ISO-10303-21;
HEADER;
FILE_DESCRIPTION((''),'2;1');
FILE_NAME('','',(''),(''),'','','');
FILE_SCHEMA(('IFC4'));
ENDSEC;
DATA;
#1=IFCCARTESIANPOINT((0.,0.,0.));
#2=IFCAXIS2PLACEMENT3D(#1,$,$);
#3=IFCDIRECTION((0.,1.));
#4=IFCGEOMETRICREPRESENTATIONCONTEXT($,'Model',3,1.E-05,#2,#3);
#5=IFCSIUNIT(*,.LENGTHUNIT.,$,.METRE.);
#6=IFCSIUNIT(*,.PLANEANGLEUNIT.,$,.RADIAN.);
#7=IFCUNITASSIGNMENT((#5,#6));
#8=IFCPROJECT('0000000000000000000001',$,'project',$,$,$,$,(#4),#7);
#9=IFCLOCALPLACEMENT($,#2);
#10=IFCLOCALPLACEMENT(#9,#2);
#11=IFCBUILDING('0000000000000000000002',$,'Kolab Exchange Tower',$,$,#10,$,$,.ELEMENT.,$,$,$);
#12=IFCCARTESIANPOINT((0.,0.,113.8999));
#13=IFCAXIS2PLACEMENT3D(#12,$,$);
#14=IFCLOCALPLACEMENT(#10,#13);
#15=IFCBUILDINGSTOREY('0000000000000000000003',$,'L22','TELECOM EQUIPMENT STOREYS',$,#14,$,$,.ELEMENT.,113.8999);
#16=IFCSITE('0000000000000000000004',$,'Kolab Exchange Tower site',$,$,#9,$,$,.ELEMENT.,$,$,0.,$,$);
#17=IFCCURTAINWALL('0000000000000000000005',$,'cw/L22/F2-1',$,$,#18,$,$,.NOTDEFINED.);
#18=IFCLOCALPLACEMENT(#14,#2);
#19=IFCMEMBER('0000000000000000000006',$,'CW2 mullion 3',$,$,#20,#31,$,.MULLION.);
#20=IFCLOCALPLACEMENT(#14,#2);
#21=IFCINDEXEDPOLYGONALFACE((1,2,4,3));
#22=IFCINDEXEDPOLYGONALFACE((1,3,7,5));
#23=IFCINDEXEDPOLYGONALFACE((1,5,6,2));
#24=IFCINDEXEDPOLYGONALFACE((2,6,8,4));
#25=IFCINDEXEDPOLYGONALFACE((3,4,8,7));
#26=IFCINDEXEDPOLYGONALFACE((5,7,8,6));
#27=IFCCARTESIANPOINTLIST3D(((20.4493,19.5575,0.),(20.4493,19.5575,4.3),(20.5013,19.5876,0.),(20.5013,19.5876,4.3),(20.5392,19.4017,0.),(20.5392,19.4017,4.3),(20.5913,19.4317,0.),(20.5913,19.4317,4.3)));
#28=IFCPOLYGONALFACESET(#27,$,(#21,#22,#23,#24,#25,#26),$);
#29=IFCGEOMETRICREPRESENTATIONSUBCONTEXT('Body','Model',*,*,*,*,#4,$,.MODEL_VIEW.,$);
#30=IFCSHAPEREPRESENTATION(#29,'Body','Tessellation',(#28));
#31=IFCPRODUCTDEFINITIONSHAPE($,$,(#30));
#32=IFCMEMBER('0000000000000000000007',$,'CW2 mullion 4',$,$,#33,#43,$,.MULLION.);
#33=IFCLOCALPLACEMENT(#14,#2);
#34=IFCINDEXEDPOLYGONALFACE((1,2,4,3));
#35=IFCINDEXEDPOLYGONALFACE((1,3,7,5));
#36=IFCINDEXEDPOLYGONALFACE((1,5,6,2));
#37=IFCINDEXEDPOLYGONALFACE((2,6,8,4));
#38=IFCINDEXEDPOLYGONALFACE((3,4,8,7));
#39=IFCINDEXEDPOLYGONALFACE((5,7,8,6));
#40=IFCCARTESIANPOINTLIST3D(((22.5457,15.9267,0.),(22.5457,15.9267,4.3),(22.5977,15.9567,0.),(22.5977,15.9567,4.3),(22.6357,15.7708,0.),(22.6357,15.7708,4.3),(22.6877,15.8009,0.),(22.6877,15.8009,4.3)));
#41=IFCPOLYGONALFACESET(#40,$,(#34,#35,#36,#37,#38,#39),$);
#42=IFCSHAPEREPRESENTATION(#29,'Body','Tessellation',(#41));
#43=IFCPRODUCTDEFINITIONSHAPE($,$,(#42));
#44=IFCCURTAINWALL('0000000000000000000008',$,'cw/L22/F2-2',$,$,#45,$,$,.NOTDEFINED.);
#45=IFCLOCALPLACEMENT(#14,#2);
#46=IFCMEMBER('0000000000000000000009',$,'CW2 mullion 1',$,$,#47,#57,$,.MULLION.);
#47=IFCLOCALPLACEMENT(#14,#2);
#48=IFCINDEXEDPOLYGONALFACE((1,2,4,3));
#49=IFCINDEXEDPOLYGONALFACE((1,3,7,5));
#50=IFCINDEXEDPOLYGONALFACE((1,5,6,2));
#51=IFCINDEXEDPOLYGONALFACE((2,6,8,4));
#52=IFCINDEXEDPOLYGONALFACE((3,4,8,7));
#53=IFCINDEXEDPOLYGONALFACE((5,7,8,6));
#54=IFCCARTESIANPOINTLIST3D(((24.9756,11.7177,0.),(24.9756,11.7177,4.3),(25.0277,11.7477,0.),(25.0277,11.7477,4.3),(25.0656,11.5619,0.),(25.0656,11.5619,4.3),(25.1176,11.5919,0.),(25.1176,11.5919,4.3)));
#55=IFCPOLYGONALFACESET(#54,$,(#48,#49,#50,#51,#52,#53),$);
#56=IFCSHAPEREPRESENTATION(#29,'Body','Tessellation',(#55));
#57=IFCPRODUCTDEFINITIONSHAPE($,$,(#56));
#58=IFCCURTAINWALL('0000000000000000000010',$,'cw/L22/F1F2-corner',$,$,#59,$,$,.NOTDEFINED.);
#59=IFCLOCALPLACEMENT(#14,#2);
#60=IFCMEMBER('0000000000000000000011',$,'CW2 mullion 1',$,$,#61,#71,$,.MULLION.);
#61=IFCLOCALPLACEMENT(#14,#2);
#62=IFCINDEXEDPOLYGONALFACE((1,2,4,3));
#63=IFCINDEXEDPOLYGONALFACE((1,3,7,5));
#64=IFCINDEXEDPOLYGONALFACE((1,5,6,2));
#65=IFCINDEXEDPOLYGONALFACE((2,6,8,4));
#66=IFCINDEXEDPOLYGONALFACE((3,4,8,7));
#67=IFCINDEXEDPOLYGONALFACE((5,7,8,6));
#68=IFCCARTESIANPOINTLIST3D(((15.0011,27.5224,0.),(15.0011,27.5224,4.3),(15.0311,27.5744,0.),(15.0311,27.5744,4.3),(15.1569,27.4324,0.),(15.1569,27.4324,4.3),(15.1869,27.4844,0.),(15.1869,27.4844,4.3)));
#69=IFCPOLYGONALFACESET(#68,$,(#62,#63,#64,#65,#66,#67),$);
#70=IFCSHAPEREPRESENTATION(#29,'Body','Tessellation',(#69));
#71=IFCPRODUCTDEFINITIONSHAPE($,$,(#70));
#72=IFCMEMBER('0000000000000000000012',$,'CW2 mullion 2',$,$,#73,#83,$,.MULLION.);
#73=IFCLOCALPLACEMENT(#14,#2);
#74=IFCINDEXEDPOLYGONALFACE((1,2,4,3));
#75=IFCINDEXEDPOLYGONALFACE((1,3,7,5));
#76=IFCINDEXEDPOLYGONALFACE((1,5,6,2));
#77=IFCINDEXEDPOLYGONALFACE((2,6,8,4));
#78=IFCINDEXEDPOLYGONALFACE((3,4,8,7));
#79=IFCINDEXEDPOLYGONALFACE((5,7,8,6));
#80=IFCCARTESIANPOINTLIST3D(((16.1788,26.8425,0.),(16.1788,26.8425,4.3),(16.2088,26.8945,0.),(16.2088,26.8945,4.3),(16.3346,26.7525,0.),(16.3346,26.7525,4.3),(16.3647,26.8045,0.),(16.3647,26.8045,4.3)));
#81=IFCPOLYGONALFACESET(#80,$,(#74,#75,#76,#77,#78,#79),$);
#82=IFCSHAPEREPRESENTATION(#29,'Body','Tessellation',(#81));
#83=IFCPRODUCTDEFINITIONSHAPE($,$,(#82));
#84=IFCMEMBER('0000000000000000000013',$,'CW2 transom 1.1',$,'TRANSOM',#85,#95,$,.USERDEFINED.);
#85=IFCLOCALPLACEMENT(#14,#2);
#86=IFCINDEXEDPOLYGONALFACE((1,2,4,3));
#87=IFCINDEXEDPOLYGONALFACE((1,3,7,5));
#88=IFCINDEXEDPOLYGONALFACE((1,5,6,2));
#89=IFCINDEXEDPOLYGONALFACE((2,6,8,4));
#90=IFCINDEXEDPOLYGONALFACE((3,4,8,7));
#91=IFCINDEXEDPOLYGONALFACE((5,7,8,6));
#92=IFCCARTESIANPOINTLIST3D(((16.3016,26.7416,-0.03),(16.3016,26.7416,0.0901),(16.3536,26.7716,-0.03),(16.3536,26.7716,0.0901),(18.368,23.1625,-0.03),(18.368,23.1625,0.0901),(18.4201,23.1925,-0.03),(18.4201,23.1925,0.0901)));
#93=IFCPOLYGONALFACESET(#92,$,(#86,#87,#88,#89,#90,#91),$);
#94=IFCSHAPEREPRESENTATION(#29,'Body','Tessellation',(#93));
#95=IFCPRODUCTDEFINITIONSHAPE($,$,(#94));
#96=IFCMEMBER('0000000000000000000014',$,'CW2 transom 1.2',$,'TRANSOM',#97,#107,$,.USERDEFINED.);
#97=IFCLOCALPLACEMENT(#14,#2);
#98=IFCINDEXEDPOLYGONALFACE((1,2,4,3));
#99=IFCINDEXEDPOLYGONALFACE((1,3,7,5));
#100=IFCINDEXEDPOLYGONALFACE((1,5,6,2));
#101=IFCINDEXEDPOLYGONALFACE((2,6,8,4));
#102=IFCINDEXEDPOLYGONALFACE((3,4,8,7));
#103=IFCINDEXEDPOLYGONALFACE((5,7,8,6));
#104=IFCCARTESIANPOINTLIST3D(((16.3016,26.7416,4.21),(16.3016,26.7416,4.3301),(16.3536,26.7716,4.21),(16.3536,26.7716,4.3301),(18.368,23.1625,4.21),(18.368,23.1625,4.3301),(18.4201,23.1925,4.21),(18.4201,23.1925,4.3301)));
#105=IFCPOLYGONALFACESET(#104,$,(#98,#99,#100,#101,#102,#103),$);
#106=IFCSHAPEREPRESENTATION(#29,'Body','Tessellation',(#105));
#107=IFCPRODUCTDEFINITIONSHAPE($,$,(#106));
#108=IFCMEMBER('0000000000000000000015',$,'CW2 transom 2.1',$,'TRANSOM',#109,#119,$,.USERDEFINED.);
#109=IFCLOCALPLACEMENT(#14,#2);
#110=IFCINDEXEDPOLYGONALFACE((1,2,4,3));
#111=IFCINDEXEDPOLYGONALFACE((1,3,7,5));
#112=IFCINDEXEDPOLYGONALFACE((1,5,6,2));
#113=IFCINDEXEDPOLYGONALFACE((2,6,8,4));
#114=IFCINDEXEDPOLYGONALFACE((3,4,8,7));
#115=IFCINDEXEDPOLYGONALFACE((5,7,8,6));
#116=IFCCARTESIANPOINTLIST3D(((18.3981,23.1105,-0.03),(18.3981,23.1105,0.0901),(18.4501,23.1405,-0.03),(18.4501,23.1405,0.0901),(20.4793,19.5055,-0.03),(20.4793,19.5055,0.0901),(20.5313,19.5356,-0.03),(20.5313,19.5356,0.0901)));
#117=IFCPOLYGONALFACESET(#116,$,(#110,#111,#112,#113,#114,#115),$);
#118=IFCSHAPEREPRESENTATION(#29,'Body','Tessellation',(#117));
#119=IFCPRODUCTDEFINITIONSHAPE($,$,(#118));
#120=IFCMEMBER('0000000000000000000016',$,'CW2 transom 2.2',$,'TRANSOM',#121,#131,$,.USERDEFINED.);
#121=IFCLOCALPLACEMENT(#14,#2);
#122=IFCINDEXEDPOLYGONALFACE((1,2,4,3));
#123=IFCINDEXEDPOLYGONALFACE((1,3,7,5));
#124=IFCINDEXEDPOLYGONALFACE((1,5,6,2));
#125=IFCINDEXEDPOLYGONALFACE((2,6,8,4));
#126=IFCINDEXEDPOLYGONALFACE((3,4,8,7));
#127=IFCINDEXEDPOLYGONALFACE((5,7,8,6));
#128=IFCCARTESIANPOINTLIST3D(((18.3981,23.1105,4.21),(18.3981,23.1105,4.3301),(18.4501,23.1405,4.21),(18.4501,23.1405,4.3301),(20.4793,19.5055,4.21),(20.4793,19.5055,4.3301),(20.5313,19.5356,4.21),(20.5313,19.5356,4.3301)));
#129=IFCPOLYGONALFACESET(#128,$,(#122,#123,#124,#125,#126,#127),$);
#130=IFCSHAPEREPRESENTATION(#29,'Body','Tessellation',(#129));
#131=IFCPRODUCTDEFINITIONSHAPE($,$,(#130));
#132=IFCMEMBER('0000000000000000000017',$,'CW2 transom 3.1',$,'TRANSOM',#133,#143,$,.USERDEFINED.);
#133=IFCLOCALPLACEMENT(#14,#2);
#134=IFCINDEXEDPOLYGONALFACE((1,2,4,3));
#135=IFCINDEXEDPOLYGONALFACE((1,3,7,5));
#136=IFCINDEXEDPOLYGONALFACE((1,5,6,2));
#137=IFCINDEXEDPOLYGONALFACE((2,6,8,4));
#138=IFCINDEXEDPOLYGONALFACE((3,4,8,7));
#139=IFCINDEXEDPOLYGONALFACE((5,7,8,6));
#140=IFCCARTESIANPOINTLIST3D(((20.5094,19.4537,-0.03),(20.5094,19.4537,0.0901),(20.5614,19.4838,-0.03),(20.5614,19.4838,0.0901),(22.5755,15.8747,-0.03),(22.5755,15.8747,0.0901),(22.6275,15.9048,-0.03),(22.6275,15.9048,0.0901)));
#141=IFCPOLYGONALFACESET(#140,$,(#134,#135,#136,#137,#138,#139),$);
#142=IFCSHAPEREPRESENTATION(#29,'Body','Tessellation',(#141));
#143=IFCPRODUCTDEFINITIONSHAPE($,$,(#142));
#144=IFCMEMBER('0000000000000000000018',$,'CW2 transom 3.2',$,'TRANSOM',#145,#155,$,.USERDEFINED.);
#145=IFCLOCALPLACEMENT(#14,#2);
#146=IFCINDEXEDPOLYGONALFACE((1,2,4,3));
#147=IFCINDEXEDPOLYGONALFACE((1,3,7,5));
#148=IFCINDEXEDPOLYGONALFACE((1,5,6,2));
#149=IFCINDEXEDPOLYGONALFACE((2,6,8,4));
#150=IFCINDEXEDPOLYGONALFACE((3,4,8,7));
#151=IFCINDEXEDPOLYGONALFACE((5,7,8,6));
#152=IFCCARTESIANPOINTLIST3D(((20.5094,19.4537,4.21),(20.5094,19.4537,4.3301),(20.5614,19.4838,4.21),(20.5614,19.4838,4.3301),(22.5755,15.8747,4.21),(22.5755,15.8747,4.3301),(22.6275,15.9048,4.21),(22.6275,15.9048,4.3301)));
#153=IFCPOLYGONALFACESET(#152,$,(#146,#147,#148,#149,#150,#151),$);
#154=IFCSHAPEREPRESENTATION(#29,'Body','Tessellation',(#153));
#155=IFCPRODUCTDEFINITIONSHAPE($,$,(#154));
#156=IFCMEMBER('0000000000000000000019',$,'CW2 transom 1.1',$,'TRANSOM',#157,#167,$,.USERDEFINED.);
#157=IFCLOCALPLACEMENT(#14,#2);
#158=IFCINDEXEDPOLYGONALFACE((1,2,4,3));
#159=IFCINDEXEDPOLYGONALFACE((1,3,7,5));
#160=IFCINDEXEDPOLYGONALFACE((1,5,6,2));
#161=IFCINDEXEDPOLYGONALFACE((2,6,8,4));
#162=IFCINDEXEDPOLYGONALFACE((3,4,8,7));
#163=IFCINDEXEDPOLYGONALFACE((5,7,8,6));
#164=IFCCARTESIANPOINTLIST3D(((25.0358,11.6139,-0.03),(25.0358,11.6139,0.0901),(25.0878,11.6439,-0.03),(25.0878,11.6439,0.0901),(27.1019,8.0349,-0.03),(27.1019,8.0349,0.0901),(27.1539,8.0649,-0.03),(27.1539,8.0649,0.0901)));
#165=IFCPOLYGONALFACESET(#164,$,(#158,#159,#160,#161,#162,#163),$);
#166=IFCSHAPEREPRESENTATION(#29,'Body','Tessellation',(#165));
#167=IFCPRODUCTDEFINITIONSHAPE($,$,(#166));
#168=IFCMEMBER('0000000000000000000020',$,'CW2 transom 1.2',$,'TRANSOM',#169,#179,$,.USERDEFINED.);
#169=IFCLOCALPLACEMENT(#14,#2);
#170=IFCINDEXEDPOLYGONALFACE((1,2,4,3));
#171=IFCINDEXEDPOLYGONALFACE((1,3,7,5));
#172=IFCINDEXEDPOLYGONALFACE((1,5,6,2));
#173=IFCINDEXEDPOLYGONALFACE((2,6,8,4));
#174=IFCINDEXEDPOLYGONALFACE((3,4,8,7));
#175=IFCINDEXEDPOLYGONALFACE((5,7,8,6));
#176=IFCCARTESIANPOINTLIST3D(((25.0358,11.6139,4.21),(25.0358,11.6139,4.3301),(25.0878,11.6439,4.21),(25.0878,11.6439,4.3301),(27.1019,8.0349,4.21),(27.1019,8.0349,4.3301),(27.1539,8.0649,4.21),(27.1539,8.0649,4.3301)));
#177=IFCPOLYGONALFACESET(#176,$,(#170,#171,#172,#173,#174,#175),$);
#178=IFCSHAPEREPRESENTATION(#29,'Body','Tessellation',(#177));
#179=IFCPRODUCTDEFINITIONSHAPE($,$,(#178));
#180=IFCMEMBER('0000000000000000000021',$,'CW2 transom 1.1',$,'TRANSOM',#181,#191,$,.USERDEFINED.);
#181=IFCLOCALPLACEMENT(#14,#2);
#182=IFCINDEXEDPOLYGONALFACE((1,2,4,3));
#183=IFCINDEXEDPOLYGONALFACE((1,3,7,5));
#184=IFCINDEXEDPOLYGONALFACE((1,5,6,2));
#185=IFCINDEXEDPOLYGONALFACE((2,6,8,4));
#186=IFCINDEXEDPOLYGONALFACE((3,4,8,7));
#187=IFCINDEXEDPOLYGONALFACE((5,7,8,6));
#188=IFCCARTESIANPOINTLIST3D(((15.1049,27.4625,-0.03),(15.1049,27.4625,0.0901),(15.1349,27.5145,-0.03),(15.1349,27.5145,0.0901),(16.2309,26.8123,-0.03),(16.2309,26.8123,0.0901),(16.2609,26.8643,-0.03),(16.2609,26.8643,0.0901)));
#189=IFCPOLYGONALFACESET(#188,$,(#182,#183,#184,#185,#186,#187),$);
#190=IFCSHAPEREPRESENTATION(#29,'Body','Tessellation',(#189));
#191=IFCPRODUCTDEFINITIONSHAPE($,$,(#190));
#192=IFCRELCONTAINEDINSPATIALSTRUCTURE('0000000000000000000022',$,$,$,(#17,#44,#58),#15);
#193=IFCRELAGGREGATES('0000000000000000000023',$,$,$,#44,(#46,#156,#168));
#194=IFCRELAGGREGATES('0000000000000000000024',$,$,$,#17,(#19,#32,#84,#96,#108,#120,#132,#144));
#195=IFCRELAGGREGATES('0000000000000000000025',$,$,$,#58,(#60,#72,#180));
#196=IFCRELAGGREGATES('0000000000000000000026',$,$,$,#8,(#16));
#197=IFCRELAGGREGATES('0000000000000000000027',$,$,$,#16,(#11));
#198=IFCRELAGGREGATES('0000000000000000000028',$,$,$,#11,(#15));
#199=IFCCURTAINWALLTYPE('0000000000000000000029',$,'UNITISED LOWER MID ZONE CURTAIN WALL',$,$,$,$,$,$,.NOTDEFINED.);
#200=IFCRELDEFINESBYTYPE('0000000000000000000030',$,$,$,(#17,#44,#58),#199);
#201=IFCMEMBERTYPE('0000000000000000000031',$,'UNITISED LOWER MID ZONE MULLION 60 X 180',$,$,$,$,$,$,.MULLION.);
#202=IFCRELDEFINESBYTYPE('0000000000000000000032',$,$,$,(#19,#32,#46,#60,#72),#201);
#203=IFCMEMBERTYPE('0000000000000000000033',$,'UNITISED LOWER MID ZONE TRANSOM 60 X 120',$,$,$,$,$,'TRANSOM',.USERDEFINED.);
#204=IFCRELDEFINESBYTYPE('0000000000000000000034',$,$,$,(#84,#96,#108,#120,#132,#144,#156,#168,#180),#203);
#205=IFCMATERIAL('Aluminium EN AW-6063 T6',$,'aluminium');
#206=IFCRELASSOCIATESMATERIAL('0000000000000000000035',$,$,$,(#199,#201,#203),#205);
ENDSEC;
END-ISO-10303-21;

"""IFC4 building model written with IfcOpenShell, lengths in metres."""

from ifc_helpers import new_model, si_unit, direction, frame, origin, origin_2d, place, context, subcontext, project, spatial, rectangle, extrude, material, material_profile, profile_set, type_object, element, aggregate, save


model = new_model("IFC4")

# Units and contexts
model_context = context("Model", 3, precision=1e-05, world=origin(), true_north=direction((0.0, 1.0)))
body_context = subcontext(model_context, "Body", "Model", "MODEL_VIEW")
ifc_project = project(units=[si_unit("LENGTHUNIT", "METRE"), si_unit("PLANEANGLEUNIT", "RADIAN")], contexts=[model_context])

# Site, building, storey
site_placement = place(None, origin())
site = spatial("IfcSite", under=ifc_project, at=site_placement, Name="Kolab Exchange Tower site", CompositionType="ELEMENT", RefElevation=0.0)
building_placement = place(site_placement, origin())
building = spatial("IfcBuilding", under=site, at=building_placement, Name="Kolab Exchange Tower", CompositionType="ELEMENT")
storey_placement = place(building_placement, frame((0.0, 0.0, 113.8999)))
storey = spatial("IfcBuildingStorey", under=building, at=storey_placement, Name="L22", Description="TELECOM EQUIPMENT STOREYS", CompositionType="ELEMENT", Elevation=113.8999)

# Curtain wall, members
ifc_material_1 = material(Name="Aluminium EN AW-6063 T6", Category="aluminium")
curtain_wall_type = type_object("IfcCurtainWallType", Name="UNITISED LOWER MID ZONE CURTAIN WALL", PredefinedType="NOTDEFINED", material=ifc_material_1)
curtain_wall_1_placement = place(storey_placement, origin())
curtain_wall_1 = element("IfcCurtainWall", 1, at=curtain_wall_1_placement, inside=storey, type_object=curtain_wall_type, Name="cw/L22/F2-1", PredefinedType="NOTDEFINED")
ifc_material_profile_1 = material_profile(ifc_material_1, rectangle(XDim=0.0601, YDim=0.1799, at=origin_2d()), Name="RECT 60X180")
ifc_profile_set_1 = profile_set([ifc_material_profile_1], Name="Aluminium EN AW-6063 T6")
member_type_1 = type_object("IfcMemberType", Name="UNITISED LOWER MID ZONE MULLION 60 X 180", PredefinedType="MULLION", material=ifc_profile_set_1)
member_1_placement = place(storey_placement, frame((20.5203, 19.4946, 0.0), z_axis=(0.0, 0.0, 1.0), x_axis=(0.866025, 0.5, 0.0)))
member_1 = element("IfcMember", 2, at=member_1_placement, type_object=member_type_1, Name="CW2 mullion 3", PredefinedType="MULLION", context=body_context, shape_type="SweptSolid", body=[
    extrude(rectangle(XDim=0.0601, YDim=0.1799, at=origin_2d()), origin(), (0.0, 0.0, 1.0), 4.3),
])
member_2_placement = place(storey_placement, frame((22.6167, 15.8638, 0.0), z_axis=(0.0, 0.0, 1.0), x_axis=(0.866025, 0.5, 0.0)))
member_2 = element("IfcMember", 3, at=member_2_placement, type_object=member_type_1, Name="CW2 mullion 4", PredefinedType="MULLION", context=body_context, shape_type="SweptSolid", body=[
    extrude(rectangle(XDim=0.0601, YDim=0.1799, at=origin_2d()), origin(), (0.0, 0.0, 1.0), 4.3),
])

# Curtain wall, member
curtain_wall_2_placement = place(storey_placement, origin())
curtain_wall_2 = element("IfcCurtainWall", 4, at=curtain_wall_2_placement, inside=storey, type_object=curtain_wall_type, Name="cw/L22/F2-2", PredefinedType="NOTDEFINED")
member_3_placement = place(storey_placement, frame((25.0466, 11.6548, 0.0), z_axis=(0.0, 0.0, 1.0), x_axis=(0.866025, 0.5, 0.0)))
member_3 = element("IfcMember", 5, at=member_3_placement, type_object=member_type_1, Name="CW2 mullion 1", PredefinedType="MULLION", context=body_context, shape_type="SweptSolid", body=[
    extrude(rectangle(XDim=0.0601, YDim=0.1799, at=origin_2d()), origin(), (0.0, 0.0, 1.0), 4.3),
])

# Curtain wall, members
curtain_wall_3_placement = place(storey_placement, origin())
curtain_wall_3 = element("IfcCurtainWall", 6, at=curtain_wall_3_placement, inside=storey, type_object=curtain_wall_type, Name="cw/L22/F1F2-corner", PredefinedType="NOTDEFINED")
member_4_placement = place(storey_placement, frame((15.094, 27.5034, 0.0), z_axis=(0.0, 0.0, 1.0), x_axis=(0.5, 0.866025, 0.0)))
member_4 = element("IfcMember", 7, at=member_4_placement, type_object=member_type_1, Name="CW2 mullion 1", PredefinedType="MULLION", context=body_context, shape_type="SweptSolid", body=[
    extrude(rectangle(XDim=0.0601, YDim=0.1799, at=origin_2d()), origin(), (0.0, 0.0, 1.0), 4.3),
])
member_5_placement = place(storey_placement, frame((16.2717, 26.8235, 0.0), z_axis=(0.0, 0.0, 1.0), x_axis=(0.5, 0.866025, 0.0)))
member_5 = element("IfcMember", 8, at=member_5_placement, type_object=member_type_1, Name="CW2 mullion 2", PredefinedType="MULLION", context=body_context, shape_type="SweptSolid", body=[
    extrude(rectangle(XDim=0.0601, YDim=0.1799, at=origin_2d()), origin(), (0.0, 0.0, 1.0), 4.3),
])

# Members
ifc_material_profile_2 = material_profile(ifc_material_1, rectangle(XDim=0.0601, YDim=0.1201, at=origin_2d()), Name="RECT 60X120")
ifc_profile_set_2 = profile_set([ifc_material_profile_2], Name="Aluminium EN AW-6063 T6")
member_type_2 = type_object("IfcMemberType", Name="UNITISED LOWER MID ZONE TRANSOM 60 X 120", ElementType="TRANSOM", PredefinedType="USERDEFINED", material=ifc_profile_set_2)
member_6_placement = place(storey_placement, frame((16.3276, 26.7566, 0.03), z_axis=(0.500002, -0.866024, 0.0), x_axis=(0.866024, 0.500002, 0.0)))
member_6 = element("IfcMember", 9, at=member_6_placement, type_object=member_type_2, Name="CW2 transom 1.1", ObjectType="TRANSOM", PredefinedType="USERDEFINED", context=body_context, shape_type="SweptSolid", body=[
    extrude(rectangle(XDim=0.0601, YDim=0.1201, at=origin_2d()), origin(), (0.0, 0.0, 1.0), 4.1328),
])
member_7_placement = place(storey_placement, frame((16.3276, 26.7566, 4.27), z_axis=(0.500002, -0.866024, 0.0), x_axis=(0.866024, 0.500002, 0.0)))
member_7 = element("IfcMember", 10, at=member_7_placement, type_object=member_type_2, Name="CW2 transom 1.2", ObjectType="TRANSOM", PredefinedType="USERDEFINED", context=body_context, shape_type="SweptSolid", body=[
    extrude(rectangle(XDim=0.0601, YDim=0.1201, at=origin_2d()), origin(), (0.0, 0.0, 1.0), 4.1328),
])
member_8_placement = place(storey_placement, frame((18.4241, 23.1255, 0.03), z_axis=(0.499993, -0.866029, 0.0), x_axis=(0.866029, 0.499993, 0.0)))
member_8 = element("IfcMember", 11, at=member_8_placement, type_object=member_type_2, Name="CW2 transom 2.1", ObjectType="TRANSOM", PredefinedType="USERDEFINED", context=body_context, shape_type="SweptSolid", body=[
    extrude(rectangle(XDim=0.0601, YDim=0.1201, at=origin_2d()), origin(), (0.0, 0.0, 1.0), 4.1626),
])
member_9_placement = place(storey_placement, frame((18.4241, 23.1255, 4.27), z_axis=(0.499993, -0.866029, 0.0), x_axis=(0.866029, 0.499993, 0.0)))
member_9 = element("IfcMember", 12, at=member_9_placement, type_object=member_type_2, Name="CW2 transom 2.2", ObjectType="TRANSOM", PredefinedType="USERDEFINED", context=body_context, shape_type="SweptSolid", body=[
    extrude(rectangle(XDim=0.0601, YDim=0.1201, at=origin_2d()), origin(), (0.0, 0.0, 1.0), 4.1626),
])
member_10_placement = place(storey_placement, frame((20.5354, 19.4688, 0.03), z_axis=(0.499958, -0.86605, 0.0), x_axis=(0.86605, 0.499958, 0.0)))
member_10 = element("IfcMember", 13, at=member_10_placement, type_object=member_type_2, Name="CW2 transom 3.1", ObjectType="TRANSOM", PredefinedType="USERDEFINED", context=body_context, shape_type="SweptSolid", body=[
    extrude(rectangle(XDim=0.0601, YDim=0.1201, at=origin_2d()), origin(), (0.0, 0.0, 1.0), 4.1326),
])
member_11_placement = place(storey_placement, frame((20.5354, 19.4688, 4.27), z_axis=(0.499958, -0.86605, 0.0), x_axis=(0.86605, 0.499958, 0.0)))
member_11 = element("IfcMember", 14, at=member_11_placement, type_object=member_type_2, Name="CW2 transom 3.2", ObjectType="TRANSOM", PredefinedType="USERDEFINED", context=body_context, shape_type="SweptSolid", body=[
    extrude(rectangle(XDim=0.0601, YDim=0.1201, at=origin_2d()), origin(), (0.0, 0.0, 1.0), 4.1326),
])
member_12_placement = place(storey_placement, frame((25.0618, 11.6289, 0.03), z_axis=(0.499958, -0.86605, 0.0), x_axis=(0.86605, 0.499958, 0.0)))
member_12 = element("IfcMember", 15, at=member_12_placement, type_object=member_type_2, Name="CW2 transom 1.1", ObjectType="TRANSOM", PredefinedType="USERDEFINED", context=body_context, shape_type="SweptSolid", body=[
    extrude(rectangle(XDim=0.0601, YDim=0.1201, at=origin_2d()), origin(), (0.0, 0.0, 1.0), 4.1326),
])
member_13_placement = place(storey_placement, frame((25.0618, 11.6289, 4.27), z_axis=(0.499958, -0.86605, 0.0), x_axis=(0.86605, 0.499958, 0.0)))
member_13 = element("IfcMember", 16, at=member_13_placement, type_object=member_type_2, Name="CW2 transom 1.2", ObjectType="TRANSOM", PredefinedType="USERDEFINED", context=body_context, shape_type="SweptSolid", body=[
    extrude(rectangle(XDim=0.0601, YDim=0.1201, at=origin_2d()), origin(), (0.0, 0.0, 1.0), 4.1326),
])
aggregate(curtain_wall_2, [member_3, member_12, member_13])
member_14_placement = place(storey_placement, frame((15.1199, 27.4885, 0.03), z_axis=(0.866004, -0.500037, 0.0), x_axis=(0.500037, 0.866004, 0.0)))
member_14 = element("IfcMember", 17, at=member_14_placement, type_object=member_type_2, Name="CW2 transom 1.1", ObjectType="TRANSOM", PredefinedType="USERDEFINED", context=body_context, shape_type="SweptSolid", body=[
    extrude(rectangle(XDim=0.0601, YDim=0.1201, at=origin_2d()), origin(), (0.0, 0.0, 1.0), 1.3003),
])

aggregate(curtain_wall_1, [member_1, member_2, member_6, member_7, member_8, member_9, member_10, member_11])
aggregate(curtain_wall_3, [member_4, member_5, member_14])

save(model, "model.ifc")
